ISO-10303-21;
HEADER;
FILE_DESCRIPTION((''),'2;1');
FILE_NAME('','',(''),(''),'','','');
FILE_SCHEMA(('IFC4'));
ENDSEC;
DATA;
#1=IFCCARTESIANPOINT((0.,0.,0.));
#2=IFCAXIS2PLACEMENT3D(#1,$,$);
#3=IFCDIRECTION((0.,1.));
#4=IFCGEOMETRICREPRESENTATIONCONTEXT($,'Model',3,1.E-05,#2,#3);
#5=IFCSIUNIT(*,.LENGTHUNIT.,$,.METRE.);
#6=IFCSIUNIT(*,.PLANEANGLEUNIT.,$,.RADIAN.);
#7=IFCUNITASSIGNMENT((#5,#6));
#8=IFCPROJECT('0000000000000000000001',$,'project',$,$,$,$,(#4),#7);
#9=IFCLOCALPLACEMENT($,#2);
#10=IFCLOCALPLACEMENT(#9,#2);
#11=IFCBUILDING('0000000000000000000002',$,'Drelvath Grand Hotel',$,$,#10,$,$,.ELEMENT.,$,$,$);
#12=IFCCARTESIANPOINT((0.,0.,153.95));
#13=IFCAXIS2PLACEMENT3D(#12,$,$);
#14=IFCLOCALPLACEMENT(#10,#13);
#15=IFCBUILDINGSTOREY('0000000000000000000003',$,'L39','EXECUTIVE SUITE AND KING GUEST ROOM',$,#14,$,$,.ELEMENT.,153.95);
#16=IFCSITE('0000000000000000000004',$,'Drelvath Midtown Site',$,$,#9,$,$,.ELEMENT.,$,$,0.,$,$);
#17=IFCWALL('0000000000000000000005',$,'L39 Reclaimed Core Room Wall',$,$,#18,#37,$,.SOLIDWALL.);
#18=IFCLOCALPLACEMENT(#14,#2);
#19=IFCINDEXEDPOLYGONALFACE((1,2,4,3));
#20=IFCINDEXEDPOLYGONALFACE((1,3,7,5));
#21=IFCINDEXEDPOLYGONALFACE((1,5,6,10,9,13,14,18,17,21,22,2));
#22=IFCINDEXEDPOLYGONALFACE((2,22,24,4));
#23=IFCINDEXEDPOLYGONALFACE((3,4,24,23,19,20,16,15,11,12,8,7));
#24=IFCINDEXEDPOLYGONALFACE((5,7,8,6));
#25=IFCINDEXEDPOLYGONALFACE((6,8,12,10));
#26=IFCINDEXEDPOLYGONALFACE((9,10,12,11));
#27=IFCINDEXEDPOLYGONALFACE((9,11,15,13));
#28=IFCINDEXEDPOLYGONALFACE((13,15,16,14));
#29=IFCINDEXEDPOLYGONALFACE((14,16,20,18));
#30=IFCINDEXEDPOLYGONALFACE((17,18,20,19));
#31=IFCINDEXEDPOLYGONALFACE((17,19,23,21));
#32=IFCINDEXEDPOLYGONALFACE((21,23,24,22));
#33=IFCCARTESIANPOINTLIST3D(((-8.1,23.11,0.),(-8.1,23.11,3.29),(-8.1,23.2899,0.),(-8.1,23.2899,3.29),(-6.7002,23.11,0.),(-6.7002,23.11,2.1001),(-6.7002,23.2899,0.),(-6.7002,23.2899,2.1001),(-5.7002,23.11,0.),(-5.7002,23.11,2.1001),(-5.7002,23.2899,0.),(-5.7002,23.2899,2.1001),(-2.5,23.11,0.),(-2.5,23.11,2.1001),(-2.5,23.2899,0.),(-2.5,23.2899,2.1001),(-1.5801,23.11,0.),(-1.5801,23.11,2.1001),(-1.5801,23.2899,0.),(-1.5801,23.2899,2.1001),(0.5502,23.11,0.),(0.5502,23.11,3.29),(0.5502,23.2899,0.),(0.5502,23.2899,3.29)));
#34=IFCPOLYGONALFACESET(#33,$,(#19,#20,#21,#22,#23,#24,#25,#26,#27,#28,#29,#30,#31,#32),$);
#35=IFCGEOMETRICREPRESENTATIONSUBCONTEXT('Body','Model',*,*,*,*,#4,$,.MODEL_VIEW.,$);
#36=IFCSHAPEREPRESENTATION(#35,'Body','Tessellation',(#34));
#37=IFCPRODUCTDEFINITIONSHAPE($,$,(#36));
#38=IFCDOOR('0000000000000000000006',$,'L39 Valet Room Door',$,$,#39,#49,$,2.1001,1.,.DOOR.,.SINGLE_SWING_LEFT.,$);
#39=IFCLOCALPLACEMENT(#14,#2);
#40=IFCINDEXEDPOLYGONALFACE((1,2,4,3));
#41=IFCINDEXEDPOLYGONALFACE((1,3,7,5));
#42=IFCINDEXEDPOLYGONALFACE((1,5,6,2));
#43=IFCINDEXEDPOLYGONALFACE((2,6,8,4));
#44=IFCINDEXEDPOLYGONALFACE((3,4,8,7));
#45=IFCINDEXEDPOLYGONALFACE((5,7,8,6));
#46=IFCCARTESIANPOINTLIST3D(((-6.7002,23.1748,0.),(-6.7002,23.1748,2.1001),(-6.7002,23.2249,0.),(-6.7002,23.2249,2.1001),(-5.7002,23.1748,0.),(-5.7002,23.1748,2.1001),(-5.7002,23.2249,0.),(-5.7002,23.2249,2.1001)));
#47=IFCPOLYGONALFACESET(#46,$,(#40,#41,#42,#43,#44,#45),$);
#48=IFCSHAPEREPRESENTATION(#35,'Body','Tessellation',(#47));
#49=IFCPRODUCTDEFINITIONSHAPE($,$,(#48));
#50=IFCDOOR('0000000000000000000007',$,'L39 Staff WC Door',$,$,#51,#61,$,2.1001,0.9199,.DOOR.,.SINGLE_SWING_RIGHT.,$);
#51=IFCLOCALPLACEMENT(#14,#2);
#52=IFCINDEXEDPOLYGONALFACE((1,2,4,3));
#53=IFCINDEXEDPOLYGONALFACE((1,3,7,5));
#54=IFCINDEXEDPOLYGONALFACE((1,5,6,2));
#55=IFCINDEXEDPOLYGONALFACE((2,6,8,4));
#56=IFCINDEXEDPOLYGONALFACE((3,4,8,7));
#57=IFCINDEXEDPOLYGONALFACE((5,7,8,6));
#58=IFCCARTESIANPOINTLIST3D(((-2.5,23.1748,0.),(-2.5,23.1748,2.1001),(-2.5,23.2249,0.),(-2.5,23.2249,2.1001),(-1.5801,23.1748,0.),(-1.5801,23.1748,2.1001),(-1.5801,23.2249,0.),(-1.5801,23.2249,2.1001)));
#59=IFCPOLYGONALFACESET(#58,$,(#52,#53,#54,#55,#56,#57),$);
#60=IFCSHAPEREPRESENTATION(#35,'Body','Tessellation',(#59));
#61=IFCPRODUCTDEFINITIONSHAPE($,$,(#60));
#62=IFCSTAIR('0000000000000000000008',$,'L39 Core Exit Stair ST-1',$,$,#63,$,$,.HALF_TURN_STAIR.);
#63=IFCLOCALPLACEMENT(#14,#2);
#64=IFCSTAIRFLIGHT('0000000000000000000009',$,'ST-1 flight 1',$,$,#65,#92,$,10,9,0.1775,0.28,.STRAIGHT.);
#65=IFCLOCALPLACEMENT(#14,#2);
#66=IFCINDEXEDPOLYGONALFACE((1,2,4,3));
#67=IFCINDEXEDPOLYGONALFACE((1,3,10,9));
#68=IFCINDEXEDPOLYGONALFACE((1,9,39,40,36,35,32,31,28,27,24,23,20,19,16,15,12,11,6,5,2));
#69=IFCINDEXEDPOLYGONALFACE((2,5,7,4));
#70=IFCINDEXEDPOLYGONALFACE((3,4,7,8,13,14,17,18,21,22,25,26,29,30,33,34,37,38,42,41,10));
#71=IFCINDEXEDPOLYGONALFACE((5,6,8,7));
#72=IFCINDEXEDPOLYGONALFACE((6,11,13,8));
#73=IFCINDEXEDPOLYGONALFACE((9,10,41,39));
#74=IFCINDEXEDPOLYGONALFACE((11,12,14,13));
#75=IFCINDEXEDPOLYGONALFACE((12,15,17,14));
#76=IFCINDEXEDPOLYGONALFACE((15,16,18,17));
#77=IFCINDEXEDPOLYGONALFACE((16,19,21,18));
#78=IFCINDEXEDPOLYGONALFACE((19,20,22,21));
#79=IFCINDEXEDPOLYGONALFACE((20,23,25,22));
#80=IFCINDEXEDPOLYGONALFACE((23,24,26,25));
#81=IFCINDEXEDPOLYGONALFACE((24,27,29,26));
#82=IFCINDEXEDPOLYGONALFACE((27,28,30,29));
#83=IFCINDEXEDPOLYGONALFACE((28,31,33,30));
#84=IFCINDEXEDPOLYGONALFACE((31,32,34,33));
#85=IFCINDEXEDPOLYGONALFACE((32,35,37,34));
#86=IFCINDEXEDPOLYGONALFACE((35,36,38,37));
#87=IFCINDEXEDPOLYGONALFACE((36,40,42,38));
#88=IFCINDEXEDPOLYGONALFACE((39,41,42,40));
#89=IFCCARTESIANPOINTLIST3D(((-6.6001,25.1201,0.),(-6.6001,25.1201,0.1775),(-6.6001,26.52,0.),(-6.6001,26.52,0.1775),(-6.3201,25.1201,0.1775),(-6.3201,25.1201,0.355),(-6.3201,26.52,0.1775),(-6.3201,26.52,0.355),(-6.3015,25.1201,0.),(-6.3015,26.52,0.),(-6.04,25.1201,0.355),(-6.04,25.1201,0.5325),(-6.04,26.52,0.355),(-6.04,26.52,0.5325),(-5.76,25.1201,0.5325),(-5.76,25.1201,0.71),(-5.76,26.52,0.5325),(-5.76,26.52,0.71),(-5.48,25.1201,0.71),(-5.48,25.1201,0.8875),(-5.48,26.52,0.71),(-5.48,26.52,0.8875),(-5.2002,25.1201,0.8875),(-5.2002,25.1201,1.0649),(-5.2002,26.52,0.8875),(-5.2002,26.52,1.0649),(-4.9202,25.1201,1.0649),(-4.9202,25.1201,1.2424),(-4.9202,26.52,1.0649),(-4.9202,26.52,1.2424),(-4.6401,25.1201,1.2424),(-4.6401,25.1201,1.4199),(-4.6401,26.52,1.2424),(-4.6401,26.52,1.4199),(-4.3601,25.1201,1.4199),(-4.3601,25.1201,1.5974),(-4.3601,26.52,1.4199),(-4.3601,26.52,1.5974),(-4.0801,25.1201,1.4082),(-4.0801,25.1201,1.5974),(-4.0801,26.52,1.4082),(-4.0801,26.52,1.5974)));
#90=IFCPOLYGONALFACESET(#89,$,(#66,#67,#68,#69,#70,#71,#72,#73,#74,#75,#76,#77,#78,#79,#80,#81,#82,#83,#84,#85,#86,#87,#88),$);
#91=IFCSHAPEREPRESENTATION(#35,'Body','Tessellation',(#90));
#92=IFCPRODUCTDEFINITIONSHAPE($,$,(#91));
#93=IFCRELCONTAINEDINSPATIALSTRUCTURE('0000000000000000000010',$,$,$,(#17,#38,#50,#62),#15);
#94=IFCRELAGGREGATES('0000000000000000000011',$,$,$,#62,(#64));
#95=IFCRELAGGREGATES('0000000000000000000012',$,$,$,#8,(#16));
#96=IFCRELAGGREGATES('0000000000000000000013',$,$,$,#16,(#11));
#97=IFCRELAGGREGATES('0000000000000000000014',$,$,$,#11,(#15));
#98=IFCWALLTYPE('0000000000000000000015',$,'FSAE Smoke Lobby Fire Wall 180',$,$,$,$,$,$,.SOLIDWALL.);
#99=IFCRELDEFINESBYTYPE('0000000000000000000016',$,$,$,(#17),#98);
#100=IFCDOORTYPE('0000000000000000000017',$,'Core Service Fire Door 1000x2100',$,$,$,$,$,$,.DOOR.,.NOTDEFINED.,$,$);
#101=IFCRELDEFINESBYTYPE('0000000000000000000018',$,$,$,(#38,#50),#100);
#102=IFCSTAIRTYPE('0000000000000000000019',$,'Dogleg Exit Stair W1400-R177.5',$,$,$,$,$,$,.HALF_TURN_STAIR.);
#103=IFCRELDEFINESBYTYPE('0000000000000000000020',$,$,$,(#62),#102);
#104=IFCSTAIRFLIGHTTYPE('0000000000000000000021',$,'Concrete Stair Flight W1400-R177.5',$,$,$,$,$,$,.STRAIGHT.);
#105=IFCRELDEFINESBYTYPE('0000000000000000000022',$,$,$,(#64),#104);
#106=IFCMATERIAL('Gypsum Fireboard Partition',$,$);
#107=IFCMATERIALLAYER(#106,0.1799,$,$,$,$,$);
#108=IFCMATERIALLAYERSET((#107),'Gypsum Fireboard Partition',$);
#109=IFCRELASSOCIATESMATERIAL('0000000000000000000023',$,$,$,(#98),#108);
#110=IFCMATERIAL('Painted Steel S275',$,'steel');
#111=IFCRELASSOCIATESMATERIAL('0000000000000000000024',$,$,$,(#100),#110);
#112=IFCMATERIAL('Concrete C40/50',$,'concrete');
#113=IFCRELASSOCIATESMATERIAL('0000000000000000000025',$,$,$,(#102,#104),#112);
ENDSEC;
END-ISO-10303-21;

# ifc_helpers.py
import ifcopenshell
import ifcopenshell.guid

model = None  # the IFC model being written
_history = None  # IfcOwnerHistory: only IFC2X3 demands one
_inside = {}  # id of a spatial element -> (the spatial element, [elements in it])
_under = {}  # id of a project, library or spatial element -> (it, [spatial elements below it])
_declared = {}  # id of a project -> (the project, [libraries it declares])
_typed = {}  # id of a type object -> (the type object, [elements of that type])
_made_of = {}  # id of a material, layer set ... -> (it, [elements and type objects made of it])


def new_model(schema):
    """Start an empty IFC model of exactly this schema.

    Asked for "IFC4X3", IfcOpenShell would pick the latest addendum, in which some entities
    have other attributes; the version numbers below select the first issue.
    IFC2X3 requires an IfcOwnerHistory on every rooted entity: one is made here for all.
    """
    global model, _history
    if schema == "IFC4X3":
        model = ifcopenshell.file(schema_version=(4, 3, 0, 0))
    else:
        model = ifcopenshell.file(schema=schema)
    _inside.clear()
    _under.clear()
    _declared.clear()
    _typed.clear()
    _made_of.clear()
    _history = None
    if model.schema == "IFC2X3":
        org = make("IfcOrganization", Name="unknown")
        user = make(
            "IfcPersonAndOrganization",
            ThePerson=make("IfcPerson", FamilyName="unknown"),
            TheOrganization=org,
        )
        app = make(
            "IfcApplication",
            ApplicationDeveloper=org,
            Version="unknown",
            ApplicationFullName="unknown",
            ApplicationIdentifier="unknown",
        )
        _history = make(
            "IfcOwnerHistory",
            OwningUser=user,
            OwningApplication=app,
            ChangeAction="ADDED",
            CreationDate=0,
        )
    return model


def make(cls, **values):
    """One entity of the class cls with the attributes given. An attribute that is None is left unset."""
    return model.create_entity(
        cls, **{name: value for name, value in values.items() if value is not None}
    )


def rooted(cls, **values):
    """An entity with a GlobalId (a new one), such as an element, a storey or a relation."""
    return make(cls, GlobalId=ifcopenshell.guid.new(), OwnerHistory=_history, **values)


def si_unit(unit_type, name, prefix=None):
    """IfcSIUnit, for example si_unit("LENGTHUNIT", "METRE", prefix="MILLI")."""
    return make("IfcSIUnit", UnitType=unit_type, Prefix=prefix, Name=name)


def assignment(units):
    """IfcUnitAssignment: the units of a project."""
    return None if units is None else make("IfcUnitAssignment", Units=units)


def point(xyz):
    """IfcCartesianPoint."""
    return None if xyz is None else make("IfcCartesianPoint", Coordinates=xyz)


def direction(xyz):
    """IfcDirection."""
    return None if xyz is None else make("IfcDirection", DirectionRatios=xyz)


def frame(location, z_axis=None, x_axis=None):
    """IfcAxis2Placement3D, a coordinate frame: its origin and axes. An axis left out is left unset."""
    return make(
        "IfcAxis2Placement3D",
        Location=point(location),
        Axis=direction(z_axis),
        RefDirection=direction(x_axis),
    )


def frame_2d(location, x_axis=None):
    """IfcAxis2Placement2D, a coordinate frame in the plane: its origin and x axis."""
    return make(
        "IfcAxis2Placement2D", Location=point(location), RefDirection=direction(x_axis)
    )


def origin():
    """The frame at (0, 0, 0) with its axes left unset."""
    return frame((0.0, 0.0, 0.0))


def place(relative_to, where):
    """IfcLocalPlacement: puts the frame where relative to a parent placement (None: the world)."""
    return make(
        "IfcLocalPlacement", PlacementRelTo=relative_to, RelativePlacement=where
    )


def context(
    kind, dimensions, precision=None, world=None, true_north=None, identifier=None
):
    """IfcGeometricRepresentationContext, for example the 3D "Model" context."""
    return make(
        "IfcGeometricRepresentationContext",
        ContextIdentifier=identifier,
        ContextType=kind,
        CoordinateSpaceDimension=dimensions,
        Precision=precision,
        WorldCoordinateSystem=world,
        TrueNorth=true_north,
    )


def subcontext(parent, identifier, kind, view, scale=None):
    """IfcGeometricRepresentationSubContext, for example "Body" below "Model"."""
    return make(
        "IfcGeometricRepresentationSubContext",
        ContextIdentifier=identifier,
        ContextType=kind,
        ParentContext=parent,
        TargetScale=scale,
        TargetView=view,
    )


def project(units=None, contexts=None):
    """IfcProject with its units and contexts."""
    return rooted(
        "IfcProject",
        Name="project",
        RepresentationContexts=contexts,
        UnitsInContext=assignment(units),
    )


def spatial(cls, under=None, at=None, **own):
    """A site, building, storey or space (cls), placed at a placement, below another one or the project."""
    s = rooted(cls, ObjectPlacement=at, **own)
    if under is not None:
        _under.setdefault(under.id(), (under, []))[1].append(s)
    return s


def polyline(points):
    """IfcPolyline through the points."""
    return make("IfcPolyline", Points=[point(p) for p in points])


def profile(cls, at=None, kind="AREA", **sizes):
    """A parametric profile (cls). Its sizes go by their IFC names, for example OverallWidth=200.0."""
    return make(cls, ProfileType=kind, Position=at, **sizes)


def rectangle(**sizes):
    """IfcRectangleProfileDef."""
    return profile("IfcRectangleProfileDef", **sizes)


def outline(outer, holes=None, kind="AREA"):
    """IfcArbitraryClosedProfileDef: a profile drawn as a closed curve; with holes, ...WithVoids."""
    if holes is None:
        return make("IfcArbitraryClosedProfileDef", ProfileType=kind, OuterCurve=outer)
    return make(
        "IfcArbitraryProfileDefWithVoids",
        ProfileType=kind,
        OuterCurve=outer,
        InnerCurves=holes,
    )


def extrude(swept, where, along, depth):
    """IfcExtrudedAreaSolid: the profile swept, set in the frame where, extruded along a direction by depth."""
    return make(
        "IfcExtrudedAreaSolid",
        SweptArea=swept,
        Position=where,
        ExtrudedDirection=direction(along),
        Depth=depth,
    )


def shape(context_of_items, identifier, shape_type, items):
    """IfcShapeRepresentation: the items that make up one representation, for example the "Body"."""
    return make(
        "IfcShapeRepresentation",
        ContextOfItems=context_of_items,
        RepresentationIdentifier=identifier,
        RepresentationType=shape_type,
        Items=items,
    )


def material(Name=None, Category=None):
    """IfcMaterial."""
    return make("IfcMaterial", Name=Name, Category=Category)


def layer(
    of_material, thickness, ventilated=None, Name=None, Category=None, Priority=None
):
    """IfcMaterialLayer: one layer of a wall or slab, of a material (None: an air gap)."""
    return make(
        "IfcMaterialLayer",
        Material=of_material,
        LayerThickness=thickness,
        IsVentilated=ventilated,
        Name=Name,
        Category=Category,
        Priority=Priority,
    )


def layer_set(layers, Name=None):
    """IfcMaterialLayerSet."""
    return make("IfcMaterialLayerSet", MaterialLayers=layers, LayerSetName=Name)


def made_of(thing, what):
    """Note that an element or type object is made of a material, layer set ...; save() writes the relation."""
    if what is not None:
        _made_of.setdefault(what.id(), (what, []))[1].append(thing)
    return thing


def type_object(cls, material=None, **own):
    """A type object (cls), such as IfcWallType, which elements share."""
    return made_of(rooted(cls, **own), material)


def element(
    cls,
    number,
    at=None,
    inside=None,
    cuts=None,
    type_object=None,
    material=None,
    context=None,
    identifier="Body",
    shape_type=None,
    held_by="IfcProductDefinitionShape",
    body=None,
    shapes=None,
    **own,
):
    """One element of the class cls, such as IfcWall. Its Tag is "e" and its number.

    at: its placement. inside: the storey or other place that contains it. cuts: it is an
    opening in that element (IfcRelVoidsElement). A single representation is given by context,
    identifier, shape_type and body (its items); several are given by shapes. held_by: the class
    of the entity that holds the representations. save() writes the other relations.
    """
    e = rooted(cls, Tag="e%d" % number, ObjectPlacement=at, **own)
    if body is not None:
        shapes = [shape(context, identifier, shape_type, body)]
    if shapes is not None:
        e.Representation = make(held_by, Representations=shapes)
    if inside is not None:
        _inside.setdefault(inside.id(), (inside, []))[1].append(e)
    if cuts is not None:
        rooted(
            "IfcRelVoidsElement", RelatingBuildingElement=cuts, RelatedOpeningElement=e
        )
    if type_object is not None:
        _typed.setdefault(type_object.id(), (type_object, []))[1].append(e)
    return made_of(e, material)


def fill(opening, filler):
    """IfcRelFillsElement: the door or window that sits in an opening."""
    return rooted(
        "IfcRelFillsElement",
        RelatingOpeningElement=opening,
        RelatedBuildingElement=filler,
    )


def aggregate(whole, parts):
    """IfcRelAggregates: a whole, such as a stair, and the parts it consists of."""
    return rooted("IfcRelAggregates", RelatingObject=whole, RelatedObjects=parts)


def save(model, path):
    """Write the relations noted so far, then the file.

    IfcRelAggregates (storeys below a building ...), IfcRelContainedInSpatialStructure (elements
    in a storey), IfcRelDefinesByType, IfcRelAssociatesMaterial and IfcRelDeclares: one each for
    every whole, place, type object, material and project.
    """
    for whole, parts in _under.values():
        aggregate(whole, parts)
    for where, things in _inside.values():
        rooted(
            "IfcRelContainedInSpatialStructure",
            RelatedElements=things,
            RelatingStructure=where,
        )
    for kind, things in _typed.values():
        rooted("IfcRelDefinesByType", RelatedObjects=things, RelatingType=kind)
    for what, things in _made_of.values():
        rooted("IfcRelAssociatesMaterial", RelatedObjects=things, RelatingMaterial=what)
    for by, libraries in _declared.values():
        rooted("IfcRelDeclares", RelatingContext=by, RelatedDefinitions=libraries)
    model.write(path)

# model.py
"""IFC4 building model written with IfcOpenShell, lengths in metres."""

from ifc_helpers import new_model, si_unit, direction, frame, frame_2d, origin, place, context, subcontext, project, spatial, polyline, rectangle, outline, extrude, material, layer, layer_set, type_object, element, fill, aggregate, save


model = new_model("IFC4")

# Units and contexts
model_context = context("Model", 3, precision=1e-05, world=origin(), true_north=direction((0.0, 1.0)))
body_context = subcontext(model_context, "Body", "Model", "MODEL_VIEW")
ifc_project = project(units=[si_unit("LENGTHUNIT", "METRE"), si_unit("PLANEANGLEUNIT", "RADIAN")], contexts=[model_context])

# Site, building, storey
site_placement = place(None, origin())
site = spatial("IfcSite", under=ifc_project, at=site_placement, Name="Drelvath Midtown Site", CompositionType="ELEMENT", RefElevation=0.0)
building_placement = place(site_placement, origin())
building = spatial("IfcBuilding", under=site, at=building_placement, Name="Drelvath Grand Hotel", CompositionType="ELEMENT")
storey_placement = place(building_placement, frame((0.0, 0.0, 153.95)))
storey = spatial("IfcBuildingStorey", under=building, at=storey_placement, Name="L39", Description="EXECUTIVE SUITE AND KING GUEST ROOM", CompositionType="ELEMENT", Elevation=153.95)

# Shared definitions
ifc_material_1 = material(Name="Concrete C40/50", Category="concrete")
ifc_material_2 = material(Name="Painted Steel S275", Category="steel")

# Wall, openings, doors
ifc_material_3 = material(Name="Gypsum Fireboard Partition")
ifc_layer_1 = layer(ifc_material_3, 0.1799)
ifc_layer_set_1 = layer_set([ifc_layer_1], Name="Gypsum Fireboard Partition")
wall_type_1 = type_object("IfcWallType", Name="FSAE Smoke Lobby Fire Wall 180", PredefinedType="SOLIDWALL", material=ifc_layer_set_1)
wall_1_placement = place(storey_placement, frame((-8.1001, 23.2, 0.0), z_axis=(0.0, 0.0, 1.0), x_axis=(1.0, 0.0, 0.0)))
wall_1 = element("IfcWall", 1, at=wall_1_placement, inside=storey, type_object=wall_type_1, Name="L39 Reclaimed Core Room Wall", PredefinedType="SOLIDWALL", context=body_context, shape_type="SweptSolid", body=[
    extrude(rectangle(XDim=8.6501, YDim=0.1799, at=frame_2d((4.3252, 0.0))), origin(), (0.0, 0.0, 1.0), 3.29),
])
opening_1_placement = place(wall_1_placement, frame((1.3999, 0.0, 0.0)))
opening_1 = element("IfcOpeningElement", 2, at=opening_1_placement, cuts=wall_1, PredefinedType="OPENING", context=body_context, shape_type="SweptSolid", body=[
    extrude(rectangle(XDim=1.0, YDim=2.1001, at=frame_2d((0.5, 1.05))), frame((0.0, 0.0999, 0.0), z_axis=(0.0, -1.0, 0.0), x_axis=(1.0, 0.0, 0.0)), (0.0, 0.0, 1.0), 0.2),
])
opening_2_placement = place(wall_1_placement, frame((5.6001, 0.0, 0.0)))
opening_2 = element("IfcOpeningElement", 3, at=opening_2_placement, cuts=wall_1, PredefinedType="OPENING", context=body_context, shape_type="SweptSolid", body=[
    extrude(rectangle(XDim=0.9199, YDim=2.1001, at=frame_2d((0.46, 1.05))), frame((0.0, 0.0999, 0.0), z_axis=(0.0, -1.0, 0.0), x_axis=(1.0, 0.0, 0.0)), (0.0, 0.0, 1.0), 0.2),
])
door_type_1 = type_object("IfcDoorType", Name="Core Service Fire Door 1000x2100", OperationType="NOTDEFINED", PredefinedType="DOOR", material=ifc_material_2)
door_1_placement = place(opening_1_placement, origin())
door_1 = element("IfcDoor", 4, at=door_1_placement, inside=storey, type_object=door_type_1, Name="L39 Valet Room Door", OperationType="SINGLE_SWING_LEFT", OverallHeight=2.1001, OverallWidth=1.0, PredefinedType="DOOR", context=body_context, shape_type="SweptSolid", body=[
    extrude(rectangle(XDim=1.0, YDim=2.1001, at=frame_2d((0.5, 1.05))), frame((0.0, 0.0249, 0.0), z_axis=(0.0, -1.0, 0.0), x_axis=(1.0, 0.0, 0.0)), (0.0, 0.0, 1.0), 0.05),
])
fill(opening_1, door_1)
door_2_placement = place(opening_2_placement, origin())
door_2 = element("IfcDoor", 5, at=door_2_placement, inside=storey, type_object=door_type_1, Name="L39 Staff WC Door", OperationType="SINGLE_SWING_RIGHT", OverallHeight=2.1001, OverallWidth=0.9199, PredefinedType="DOOR", context=body_context, shape_type="SweptSolid", body=[
    extrude(rectangle(XDim=0.9199, YDim=2.1001, at=frame_2d((0.46, 1.05))), frame((0.0, 0.0249, 0.0), z_axis=(0.0, -1.0, 0.0), x_axis=(1.0, 0.0, 0.0)), (0.0, 0.0, 1.0), 0.05),
])
fill(opening_2, door_2)

# Stair, stair flight
stair_type = type_object("IfcStairType", Name="Dogleg Exit Stair W1400-R177.5", PredefinedType="HALF_TURN_STAIR", material=ifc_material_1)
stair_placement = place(storey_placement, origin())
stair = element("IfcStair", 6, at=stair_placement, inside=storey, type_object=stair_type, Name="L39 Core Exit Stair ST-1", PredefinedType="HALF_TURN_STAIR")
stair_flight_type = type_object("IfcStairFlightType", Name="Concrete Stair Flight W1400-R177.5", PredefinedType="STRAIGHT", material=ifc_material_1)
stair_flight_placement = place(storey_placement, frame((-6.6001, 25.8201, 0.0), z_axis=(0.0, 0.0, 1.0), x_axis=(1.0, 0.0, 0.0)))
stair_flight = element("IfcStairFlight", 7, at=stair_flight_placement, type_object=stair_flight_type, Name="ST-1 flight 1", NumberOfRisers=10, NumberOfTreads=9, PredefinedType="STRAIGHT", RiserHeight=0.1775, TreadLength=0.28, context=body_context, shape_type="SweptSolid", body=[
    extrude(outline(polyline([(0.0, 0.0), (0.0, 0.1775), (0.28, 0.1775), (0.28, 0.355), (0.5601, 0.355), (0.5601, 0.5325), (0.8401, 0.5325), (0.8401, 0.71), (1.1201, 0.71), (1.1201, 0.8875), (1.3999, 0.8875), (1.3999, 1.0649), (1.6799, 1.0649), (1.6799, 1.2424), (1.96, 1.2424), (1.96, 1.4199), (2.24, 1.4199), (2.24, 1.5974), (2.52, 1.5974), (2.52, 1.7749), (2.52, 1.4082), (0.2986, 0.0), (0.0, 0.0)])), frame((0.0, 0.7, 0.0), z_axis=(0.0, -1.0, 0.0), x_axis=(1.0, 0.0, 0.0)), (0.0, 0.0, 1.0), 1.3999),
])
aggregate(stair, [stair_flight])

save(model, "model.ifc")
